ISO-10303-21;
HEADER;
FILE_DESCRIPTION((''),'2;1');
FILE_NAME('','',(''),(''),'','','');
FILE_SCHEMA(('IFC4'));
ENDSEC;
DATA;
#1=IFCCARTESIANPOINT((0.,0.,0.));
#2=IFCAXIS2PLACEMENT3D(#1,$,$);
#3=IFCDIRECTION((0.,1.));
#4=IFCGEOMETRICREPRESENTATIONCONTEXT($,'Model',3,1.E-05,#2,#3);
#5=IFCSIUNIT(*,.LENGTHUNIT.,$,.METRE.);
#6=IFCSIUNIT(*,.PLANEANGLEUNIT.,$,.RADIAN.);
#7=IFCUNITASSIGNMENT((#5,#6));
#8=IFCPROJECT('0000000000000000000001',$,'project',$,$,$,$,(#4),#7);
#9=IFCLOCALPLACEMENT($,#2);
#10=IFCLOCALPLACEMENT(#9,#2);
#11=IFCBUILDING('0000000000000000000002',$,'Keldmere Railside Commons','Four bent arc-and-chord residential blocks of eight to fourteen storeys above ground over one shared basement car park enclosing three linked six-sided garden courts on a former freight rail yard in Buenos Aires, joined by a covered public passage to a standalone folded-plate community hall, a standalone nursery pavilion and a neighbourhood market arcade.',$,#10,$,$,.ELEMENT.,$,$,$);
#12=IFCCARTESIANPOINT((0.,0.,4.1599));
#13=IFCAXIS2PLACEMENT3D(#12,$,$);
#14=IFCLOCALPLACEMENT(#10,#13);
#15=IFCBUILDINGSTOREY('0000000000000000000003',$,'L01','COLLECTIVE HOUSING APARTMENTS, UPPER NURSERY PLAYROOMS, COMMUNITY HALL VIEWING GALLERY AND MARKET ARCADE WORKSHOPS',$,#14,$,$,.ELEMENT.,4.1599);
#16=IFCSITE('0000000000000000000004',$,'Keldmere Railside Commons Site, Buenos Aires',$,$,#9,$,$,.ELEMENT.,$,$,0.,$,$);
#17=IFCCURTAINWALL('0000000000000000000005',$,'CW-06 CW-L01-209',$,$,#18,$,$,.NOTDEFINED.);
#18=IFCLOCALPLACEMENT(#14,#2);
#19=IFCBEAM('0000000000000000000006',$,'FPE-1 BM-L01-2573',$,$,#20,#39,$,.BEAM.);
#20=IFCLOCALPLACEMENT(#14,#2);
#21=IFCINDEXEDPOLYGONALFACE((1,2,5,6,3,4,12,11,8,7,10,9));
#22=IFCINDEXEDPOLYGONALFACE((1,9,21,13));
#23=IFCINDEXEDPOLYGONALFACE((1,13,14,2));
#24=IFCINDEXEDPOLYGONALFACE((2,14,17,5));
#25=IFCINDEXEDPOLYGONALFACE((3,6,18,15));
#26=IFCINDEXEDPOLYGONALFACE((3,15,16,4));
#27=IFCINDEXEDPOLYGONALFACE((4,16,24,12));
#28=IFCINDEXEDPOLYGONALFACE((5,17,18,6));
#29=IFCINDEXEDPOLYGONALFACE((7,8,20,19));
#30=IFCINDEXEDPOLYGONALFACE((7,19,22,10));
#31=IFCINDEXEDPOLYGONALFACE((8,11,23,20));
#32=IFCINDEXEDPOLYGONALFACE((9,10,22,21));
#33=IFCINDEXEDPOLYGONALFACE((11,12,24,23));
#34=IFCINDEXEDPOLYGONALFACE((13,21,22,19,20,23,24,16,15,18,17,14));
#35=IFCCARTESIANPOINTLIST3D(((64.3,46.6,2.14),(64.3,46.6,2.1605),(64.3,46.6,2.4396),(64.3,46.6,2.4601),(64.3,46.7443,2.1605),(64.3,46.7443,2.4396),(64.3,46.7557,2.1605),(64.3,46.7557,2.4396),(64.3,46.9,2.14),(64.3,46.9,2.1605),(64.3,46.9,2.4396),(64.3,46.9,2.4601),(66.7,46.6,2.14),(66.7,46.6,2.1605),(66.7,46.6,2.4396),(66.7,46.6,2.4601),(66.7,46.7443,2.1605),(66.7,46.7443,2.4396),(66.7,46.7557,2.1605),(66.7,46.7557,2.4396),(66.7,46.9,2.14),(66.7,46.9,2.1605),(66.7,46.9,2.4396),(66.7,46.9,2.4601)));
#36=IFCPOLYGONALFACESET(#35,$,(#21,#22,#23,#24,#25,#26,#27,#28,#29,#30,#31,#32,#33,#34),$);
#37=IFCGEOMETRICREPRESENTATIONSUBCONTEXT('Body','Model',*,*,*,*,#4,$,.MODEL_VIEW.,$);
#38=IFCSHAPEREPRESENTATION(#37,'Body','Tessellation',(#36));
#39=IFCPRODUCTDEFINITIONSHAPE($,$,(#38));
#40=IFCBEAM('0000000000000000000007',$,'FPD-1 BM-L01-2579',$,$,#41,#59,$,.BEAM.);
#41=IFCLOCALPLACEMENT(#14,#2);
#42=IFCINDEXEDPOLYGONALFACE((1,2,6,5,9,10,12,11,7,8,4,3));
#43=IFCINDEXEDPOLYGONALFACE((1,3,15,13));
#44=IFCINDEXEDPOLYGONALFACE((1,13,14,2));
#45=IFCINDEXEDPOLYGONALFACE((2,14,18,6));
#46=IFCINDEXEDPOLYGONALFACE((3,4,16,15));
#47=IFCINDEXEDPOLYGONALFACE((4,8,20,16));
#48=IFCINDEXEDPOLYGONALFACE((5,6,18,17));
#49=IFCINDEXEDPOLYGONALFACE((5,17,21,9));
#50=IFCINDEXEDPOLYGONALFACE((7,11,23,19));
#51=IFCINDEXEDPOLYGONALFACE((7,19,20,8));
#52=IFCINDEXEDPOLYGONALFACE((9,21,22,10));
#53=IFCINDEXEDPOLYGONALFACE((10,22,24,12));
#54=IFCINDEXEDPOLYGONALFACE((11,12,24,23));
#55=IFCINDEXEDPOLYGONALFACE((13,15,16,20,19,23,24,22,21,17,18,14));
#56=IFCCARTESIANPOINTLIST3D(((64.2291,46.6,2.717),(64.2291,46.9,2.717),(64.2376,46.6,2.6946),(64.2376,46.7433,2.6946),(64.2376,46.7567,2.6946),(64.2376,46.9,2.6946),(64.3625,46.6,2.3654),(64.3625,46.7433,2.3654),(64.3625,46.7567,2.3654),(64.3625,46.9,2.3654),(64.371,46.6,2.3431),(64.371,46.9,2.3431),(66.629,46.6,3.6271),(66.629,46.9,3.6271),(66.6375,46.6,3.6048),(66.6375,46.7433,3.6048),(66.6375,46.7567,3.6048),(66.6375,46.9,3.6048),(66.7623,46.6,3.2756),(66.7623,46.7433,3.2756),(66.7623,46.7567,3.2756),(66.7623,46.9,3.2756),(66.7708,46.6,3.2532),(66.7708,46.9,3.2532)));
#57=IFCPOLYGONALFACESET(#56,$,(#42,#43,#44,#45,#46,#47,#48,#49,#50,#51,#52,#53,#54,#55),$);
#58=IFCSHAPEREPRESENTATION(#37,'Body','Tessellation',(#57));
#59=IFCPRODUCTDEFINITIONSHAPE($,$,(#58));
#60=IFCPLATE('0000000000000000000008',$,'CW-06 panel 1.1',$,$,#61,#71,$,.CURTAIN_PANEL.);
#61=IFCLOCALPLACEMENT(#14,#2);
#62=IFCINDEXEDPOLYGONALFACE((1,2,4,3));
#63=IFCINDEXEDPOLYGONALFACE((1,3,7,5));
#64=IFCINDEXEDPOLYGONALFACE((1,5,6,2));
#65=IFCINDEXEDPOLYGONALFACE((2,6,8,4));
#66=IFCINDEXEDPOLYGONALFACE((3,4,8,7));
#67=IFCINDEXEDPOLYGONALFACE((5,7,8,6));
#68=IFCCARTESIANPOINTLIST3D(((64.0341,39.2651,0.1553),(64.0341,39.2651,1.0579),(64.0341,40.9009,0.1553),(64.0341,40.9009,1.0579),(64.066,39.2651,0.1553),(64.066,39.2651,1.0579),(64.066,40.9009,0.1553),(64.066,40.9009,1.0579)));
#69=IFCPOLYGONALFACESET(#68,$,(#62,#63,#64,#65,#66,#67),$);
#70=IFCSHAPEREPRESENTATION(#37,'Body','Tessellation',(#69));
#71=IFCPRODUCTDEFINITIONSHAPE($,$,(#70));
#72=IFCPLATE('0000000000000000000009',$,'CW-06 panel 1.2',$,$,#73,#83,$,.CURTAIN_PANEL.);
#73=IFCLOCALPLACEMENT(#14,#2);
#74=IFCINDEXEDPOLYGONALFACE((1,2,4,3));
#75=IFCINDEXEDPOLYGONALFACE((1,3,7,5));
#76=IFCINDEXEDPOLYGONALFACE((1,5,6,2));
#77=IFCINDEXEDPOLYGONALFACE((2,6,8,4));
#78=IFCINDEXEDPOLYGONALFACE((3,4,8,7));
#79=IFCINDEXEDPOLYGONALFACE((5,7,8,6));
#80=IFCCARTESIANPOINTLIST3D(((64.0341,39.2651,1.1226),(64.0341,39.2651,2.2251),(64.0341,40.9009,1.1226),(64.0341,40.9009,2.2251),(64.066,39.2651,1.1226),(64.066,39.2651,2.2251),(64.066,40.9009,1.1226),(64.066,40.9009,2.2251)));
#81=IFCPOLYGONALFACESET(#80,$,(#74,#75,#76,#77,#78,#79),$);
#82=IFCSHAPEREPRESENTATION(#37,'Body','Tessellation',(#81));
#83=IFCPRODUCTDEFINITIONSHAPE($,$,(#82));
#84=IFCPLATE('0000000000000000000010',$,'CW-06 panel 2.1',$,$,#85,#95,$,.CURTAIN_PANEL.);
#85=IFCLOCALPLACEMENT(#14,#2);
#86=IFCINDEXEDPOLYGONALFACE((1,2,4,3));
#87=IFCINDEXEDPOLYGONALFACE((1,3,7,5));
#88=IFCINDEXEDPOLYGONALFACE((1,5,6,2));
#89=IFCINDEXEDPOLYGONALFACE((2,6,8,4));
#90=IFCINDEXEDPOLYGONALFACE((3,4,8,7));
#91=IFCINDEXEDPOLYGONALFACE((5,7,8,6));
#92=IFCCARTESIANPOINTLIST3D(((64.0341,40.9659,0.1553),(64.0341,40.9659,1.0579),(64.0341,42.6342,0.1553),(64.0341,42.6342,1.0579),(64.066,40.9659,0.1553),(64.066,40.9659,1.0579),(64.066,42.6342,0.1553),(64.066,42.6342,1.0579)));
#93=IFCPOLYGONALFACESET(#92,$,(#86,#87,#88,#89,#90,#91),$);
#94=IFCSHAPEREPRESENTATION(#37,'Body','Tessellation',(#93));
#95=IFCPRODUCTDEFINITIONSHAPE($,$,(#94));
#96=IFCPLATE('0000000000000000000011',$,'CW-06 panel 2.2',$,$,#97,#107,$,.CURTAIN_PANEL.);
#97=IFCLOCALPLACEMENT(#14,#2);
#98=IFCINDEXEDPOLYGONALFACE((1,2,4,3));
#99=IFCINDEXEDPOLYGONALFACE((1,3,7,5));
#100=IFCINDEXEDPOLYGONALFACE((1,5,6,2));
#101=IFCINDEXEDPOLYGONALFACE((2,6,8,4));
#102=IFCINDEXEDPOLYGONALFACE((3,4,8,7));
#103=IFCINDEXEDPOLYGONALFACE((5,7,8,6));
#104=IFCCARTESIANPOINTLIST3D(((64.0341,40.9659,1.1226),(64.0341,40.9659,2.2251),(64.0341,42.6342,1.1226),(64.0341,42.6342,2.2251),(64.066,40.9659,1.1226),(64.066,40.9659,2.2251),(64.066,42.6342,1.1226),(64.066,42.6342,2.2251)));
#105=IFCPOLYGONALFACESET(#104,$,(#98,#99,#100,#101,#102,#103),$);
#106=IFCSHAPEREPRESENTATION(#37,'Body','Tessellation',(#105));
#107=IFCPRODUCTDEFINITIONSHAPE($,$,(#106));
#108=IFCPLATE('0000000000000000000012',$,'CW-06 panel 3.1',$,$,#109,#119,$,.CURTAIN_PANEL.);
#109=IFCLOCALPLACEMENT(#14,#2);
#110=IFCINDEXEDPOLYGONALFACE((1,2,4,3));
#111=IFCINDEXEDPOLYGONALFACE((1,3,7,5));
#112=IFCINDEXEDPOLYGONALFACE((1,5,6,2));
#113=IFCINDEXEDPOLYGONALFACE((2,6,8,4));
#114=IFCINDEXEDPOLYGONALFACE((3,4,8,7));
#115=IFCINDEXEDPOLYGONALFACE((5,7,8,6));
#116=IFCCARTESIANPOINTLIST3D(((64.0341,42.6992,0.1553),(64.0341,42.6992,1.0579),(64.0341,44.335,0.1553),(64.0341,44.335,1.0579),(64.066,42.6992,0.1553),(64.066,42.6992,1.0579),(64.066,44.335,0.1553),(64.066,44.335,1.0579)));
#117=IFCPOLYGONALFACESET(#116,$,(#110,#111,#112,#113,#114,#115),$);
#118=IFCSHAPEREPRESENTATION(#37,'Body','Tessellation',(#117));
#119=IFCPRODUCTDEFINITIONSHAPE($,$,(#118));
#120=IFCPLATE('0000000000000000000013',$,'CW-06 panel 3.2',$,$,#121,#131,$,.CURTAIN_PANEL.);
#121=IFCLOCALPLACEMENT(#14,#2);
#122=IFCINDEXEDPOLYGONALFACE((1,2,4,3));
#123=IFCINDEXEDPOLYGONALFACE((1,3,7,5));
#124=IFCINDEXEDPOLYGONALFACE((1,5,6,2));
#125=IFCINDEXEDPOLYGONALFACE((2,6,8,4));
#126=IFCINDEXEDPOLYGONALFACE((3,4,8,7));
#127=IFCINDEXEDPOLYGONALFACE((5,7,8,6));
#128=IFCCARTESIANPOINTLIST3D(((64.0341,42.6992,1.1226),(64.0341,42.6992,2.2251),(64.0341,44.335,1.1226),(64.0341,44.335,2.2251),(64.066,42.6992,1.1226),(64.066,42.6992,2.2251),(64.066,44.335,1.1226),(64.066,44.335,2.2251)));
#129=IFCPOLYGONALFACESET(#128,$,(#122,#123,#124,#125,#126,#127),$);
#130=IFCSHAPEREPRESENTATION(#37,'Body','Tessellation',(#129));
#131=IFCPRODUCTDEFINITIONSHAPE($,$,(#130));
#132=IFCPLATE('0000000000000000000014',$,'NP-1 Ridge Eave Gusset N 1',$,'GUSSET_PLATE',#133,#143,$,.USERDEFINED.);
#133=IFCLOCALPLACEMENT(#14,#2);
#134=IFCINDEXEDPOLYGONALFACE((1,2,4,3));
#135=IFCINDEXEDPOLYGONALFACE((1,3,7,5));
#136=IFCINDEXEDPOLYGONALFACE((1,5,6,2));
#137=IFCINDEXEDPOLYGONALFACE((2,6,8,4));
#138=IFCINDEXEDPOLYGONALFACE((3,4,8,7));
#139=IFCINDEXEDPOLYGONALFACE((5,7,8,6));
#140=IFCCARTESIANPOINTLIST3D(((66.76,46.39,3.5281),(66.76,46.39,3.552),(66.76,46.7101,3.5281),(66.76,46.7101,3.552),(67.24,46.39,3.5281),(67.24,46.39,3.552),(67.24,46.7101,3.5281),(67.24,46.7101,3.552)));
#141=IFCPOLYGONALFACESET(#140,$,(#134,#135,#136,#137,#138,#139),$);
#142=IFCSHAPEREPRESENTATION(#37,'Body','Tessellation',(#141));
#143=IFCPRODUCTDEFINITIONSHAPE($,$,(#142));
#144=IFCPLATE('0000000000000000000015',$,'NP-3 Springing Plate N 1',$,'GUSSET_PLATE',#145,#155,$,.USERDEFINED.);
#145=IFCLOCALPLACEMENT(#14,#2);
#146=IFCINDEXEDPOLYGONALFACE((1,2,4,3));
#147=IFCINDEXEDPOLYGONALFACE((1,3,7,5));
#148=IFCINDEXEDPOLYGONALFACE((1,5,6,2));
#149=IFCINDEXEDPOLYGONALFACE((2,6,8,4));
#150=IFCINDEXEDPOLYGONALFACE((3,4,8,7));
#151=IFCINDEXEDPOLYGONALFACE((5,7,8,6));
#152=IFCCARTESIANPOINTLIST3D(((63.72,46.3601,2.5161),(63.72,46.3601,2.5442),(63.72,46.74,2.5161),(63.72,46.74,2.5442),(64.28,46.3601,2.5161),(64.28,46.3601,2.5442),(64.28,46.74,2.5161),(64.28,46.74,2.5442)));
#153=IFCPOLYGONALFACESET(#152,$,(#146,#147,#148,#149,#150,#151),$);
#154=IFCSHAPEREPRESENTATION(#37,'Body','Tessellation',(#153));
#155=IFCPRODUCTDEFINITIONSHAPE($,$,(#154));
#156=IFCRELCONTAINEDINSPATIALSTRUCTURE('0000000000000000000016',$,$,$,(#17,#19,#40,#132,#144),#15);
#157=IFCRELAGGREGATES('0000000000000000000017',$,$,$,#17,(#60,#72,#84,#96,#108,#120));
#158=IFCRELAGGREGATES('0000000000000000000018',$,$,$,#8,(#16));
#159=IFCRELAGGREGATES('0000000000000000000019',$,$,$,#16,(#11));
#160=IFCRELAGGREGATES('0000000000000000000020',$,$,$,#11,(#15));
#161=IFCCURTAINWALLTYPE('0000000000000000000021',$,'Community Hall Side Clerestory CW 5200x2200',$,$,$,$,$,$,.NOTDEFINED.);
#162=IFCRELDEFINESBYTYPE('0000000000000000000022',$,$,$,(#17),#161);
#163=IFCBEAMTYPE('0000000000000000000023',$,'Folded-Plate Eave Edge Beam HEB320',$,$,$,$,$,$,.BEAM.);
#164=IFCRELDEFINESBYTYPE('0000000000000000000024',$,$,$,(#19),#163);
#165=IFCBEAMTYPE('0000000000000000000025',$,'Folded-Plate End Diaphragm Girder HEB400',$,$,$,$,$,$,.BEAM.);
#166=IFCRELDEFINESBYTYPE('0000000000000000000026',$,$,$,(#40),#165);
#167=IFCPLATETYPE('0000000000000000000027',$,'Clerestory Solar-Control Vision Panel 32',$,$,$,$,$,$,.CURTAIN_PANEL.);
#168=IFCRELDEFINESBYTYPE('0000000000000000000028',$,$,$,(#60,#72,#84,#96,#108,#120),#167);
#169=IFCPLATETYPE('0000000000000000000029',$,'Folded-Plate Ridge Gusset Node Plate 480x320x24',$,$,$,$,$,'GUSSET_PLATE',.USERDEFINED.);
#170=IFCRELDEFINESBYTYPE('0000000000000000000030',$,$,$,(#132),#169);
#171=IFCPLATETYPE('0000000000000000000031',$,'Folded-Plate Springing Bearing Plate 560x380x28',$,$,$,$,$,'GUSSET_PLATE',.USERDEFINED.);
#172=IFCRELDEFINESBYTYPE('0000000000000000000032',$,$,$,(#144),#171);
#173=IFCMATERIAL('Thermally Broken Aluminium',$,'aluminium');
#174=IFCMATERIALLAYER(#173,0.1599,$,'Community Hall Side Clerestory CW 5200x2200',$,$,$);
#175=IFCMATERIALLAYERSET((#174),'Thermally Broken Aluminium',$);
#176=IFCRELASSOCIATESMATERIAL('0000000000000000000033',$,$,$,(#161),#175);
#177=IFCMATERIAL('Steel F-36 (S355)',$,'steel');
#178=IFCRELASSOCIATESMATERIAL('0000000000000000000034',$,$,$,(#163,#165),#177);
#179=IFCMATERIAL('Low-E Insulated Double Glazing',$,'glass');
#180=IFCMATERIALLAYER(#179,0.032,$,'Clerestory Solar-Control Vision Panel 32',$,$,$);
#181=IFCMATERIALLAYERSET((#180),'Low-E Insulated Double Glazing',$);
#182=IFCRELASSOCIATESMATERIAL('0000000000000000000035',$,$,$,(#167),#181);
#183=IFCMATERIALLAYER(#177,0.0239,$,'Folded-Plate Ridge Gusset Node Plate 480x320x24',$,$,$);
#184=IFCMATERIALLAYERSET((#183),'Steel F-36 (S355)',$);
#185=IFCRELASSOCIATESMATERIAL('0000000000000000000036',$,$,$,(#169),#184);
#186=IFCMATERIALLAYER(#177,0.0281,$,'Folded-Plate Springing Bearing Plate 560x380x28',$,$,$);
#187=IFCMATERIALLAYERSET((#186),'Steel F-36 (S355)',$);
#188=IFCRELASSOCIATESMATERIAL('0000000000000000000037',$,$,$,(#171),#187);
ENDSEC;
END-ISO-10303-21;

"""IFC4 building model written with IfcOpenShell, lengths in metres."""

from ifc_helpers import new_model, si_unit, direction, frame, origin, origin_2d, place, context, subcontext, project, spatial, rectangle, i_section, extrude, material, layer, layer_set, material_profile, profile_set, type_object, element, aggregate, save


model = new_model("IFC4")

# Units and contexts
model_context = context("Model", 3, precision=1e-05, world=origin(), true_north=direction((0.0, 1.0)))
body_context = subcontext(model_context, "Body", "Model", "MODEL_VIEW")
ifc_project = project(units=[si_unit("LENGTHUNIT", "METRE"), si_unit("PLANEANGLEUNIT", "RADIAN")], contexts=[model_context])

# Site, building, storey
site_placement = place(None, origin())
site = spatial("IfcSite", under=ifc_project, at=site_placement, Name="Keldmere Railside Commons Site, Buenos Aires", CompositionType="ELEMENT", RefElevation=0.0)
building_placement = place(site_placement, origin())
building = spatial("IfcBuilding", under=site, at=building_placement, Name="Keldmere Railside Commons", Description="Four bent arc-and-chord residential blocks of eight to fourteen storeys above ground over one shared basement car park enclosing three linked six-sided garden courts on a former freight rail yard in Buenos Aires, joined by a covered public passage to a standalone folded-plate community hall, a standalone nursery pavilion and a neighbourhood market arcade.", CompositionType="ELEMENT")
storey_placement = place(building_placement, frame((0.0, 0.0, 4.1599)))
storey = spatial("IfcBuildingStorey", under=building, at=storey_placement, Name="L01", Description="COLLECTIVE HOUSING APARTMENTS, UPPER NURSERY PLAYROOMS, COMMUNITY HALL VIEWING GALLERY AND MARKET ARCADE WORKSHOPS", CompositionType="ELEMENT", Elevation=4.1599)

# Curtain wall
ifc_material_1 = material(Name="Thermally Broken Aluminium", Category="aluminium")
ifc_layer_1 = layer(ifc_material_1, 0.1599, Name="Community Hall Side Clerestory CW 5200x2200")
ifc_layer_set_1 = layer_set([ifc_layer_1], Name="Thermally Broken Aluminium")
curtain_wall_type = type_object("IfcCurtainWallType", Name="Community Hall Side Clerestory CW 5200x2200", PredefinedType="NOTDEFINED", material=ifc_layer_set_1)
curtain_wall_placement = place(storey_placement, origin())
curtain_wall = element("IfcCurtainWall", 1, at=curtain_wall_placement, inside=storey, type_object=curtain_wall_type, Name="CW-06 CW-L01-209", PredefinedType="NOTDEFINED")

# Beams
ifc_material_2 = material(Name="Steel F-36 (S355)", Category="steel")
ifc_material_profile_1 = material_profile(ifc_material_2, i_section(OverallWidth=0.3, OverallDepth=0.3201, WebThickness=0.0115, FlangeThickness=0.0205, at=origin_2d()), Name="HEB-320")
ifc_profile_set_1 = profile_set([ifc_material_profile_1], Name="Steel F-36 (S355)")
beam_type_1 = type_object("IfcBeamType", Name="Folded-Plate Eave Edge Beam HEB320", PredefinedType="BEAM", material=ifc_profile_set_1)
beam_1_placement = place(storey_placement, frame((64.3, 46.75, 2.3), z_axis=(1.0, 0.0, 0.0), x_axis=(0.0, 1.0, 0.0)))
element("IfcBeam", 2, at=beam_1_placement, inside=storey, type_object=beam_type_1, Name="FPE-1 BM-L01-2573", PredefinedType="BEAM", context=body_context, shape_type="SweptSolid", body=[
    extrude(i_section(OverallWidth=0.3, OverallDepth=0.3201, WebThickness=0.0115, FlangeThickness=0.0205, at=origin_2d()), origin(), (0.0, 0.0, 1.0), 2.3999),
])
ifc_material_profile_2 = material_profile(ifc_material_2, i_section(OverallWidth=0.3, OverallDepth=0.3999, WebThickness=0.0134, FlangeThickness=0.0239, at=origin_2d()), Name="HEB-400")
ifc_profile_set_2 = profile_set([ifc_material_profile_2], Name="Steel F-36 (S355)")
beam_type_2 = type_object("IfcBeamType", Name="Folded-Plate End Diaphragm Girder HEB400", PredefinedType="BEAM", material=ifc_profile_set_2)
beam_2_placement = place(storey_placement, frame((64.3, 46.75, 2.53), z_axis=(0.935017, 0.0, 0.354603), x_axis=(0.0, 1.0, 0.0)))
element("IfcBeam", 3, at=beam_2_placement, inside=storey, type_object=beam_type_2, Name="FPD-1 BM-L01-2579", PredefinedType="BEAM", context=body_context, shape_type="SweptSolid", body=[
    extrude(i_section(OverallWidth=0.3, OverallDepth=0.3999, WebThickness=0.0134, FlangeThickness=0.0239, at=origin_2d()), origin(), (0.0, 0.0, 1.0), 2.5667),
])

# Plates
ifc_material_3 = material(Name="Low-E Insulated Double Glazing", Category="glass")
ifc_layer_2 = layer(ifc_material_3, 0.032, Name="Clerestory Solar-Control Vision Panel 32")
ifc_layer_set_2 = layer_set([ifc_layer_2], Name="Low-E Insulated Double Glazing")
plate_type_1 = type_object("IfcPlateType", Name="Clerestory Solar-Control Vision Panel 32", PredefinedType="CURTAIN_PANEL", material=ifc_layer_set_2)
plate_1_placement = place(storey_placement, frame((64.05, 40.083, 0.1553), z_axis=(0.0, 0.0, 1.0), x_axis=(0.0, 1.0, 0.0)))
plate_1 = element("IfcPlate", 4, at=plate_1_placement, type_object=plate_type_1, Name="CW-06 panel 1.1", PredefinedType="CURTAIN_PANEL", context=body_context, shape_type="SweptSolid", body=[
    extrude(rectangle(XDim=1.6357, YDim=0.032, at=origin_2d()), origin(), (0.0, 0.0, 1.0), 0.9026),
])
plate_2_placement = place(storey_placement, frame((64.05, 40.083, 1.1226), z_axis=(0.0, 0.0, 1.0), x_axis=(0.0, 1.0, 0.0)))
plate_2 = element("IfcPlate", 5, at=plate_2_placement, type_object=plate_type_1, Name="CW-06 panel 1.2", PredefinedType="CURTAIN_PANEL", context=body_context, shape_type="SweptSolid", body=[
    extrude(rectangle(XDim=1.6357, YDim=0.032, at=origin_2d()), origin(), (0.0, 0.0, 1.0), 1.1025),
])
plate_3_placement = place(storey_placement, frame((64.05, 41.8, 0.1553), z_axis=(0.0, 0.0, 1.0), x_axis=(0.0, 1.0, 0.0)))
plate_3 = element("IfcPlate", 6, at=plate_3_placement, type_object=plate_type_1, Name="CW-06 panel 2.1", PredefinedType="CURTAIN_PANEL", context=body_context, shape_type="SweptSolid", body=[
    extrude(rectangle(XDim=1.6682, YDim=0.032, at=origin_2d()), origin(), (0.0, 0.0, 1.0), 0.9026),
])
plate_4_placement = place(storey_placement, frame((64.05, 41.8, 1.1226), z_axis=(0.0, 0.0, 1.0), x_axis=(0.0, 1.0, 0.0)))
plate_4 = element("IfcPlate", 7, at=plate_4_placement, type_object=plate_type_1, Name="CW-06 panel 2.2", PredefinedType="CURTAIN_PANEL", context=body_context, shape_type="SweptSolid", body=[
    extrude(rectangle(XDim=1.6682, YDim=0.032, at=origin_2d()), origin(), (0.0, 0.0, 1.0), 1.1025),
])
plate_5_placement = place(storey_placement, frame((64.05, 43.5171, 0.1553), z_axis=(0.0, 0.0, 1.0), x_axis=(0.0, 1.0, 0.0)))
plate_5 = element("IfcPlate", 8, at=plate_5_placement, type_object=plate_type_1, Name="CW-06 panel 3.1", PredefinedType="CURTAIN_PANEL", context=body_context, shape_type="SweptSolid", body=[
    extrude(rectangle(XDim=1.6357, YDim=0.032, at=origin_2d()), origin(), (0.0, 0.0, 1.0), 0.9026),
])
plate_6_placement = place(storey_placement, frame((64.05, 43.5171, 1.1226), z_axis=(0.0, 0.0, 1.0), x_axis=(0.0, 1.0, 0.0)))
plate_6 = element("IfcPlate", 9, at=plate_6_placement, type_object=plate_type_1, Name="CW-06 panel 3.2", PredefinedType="CURTAIN_PANEL", context=body_context, shape_type="SweptSolid", body=[
    extrude(rectangle(XDim=1.6357, YDim=0.032, at=origin_2d()), origin(), (0.0, 0.0, 1.0), 1.1025),
])
aggregate(curtain_wall, [plate_1, plate_2, plate_3, plate_4, plate_5, plate_6])

# Plates
ifc_layer_3 = layer(ifc_material_2, 0.0239, Name="Folded-Plate Ridge Gusset Node Plate 480x320x24")
ifc_layer_set_3 = layer_set([ifc_layer_3], Name="Steel F-36 (S355)")
plate_type_2 = type_object("IfcPlateType", Name="Folded-Plate Ridge Gusset Node Plate 480x320x24", ElementType="GUSSET_PLATE", PredefinedType="USERDEFINED", material=ifc_layer_set_3)
plate_7_placement = place(storey_placement, frame((67.0, 46.55, 3.5281), z_axis=(0.0, 0.0, 1.0), x_axis=(1.0, 0.0, 0.0)))
element("IfcPlate", 10, at=plate_7_placement, inside=storey, type_object=plate_type_2, Name="NP-1 Ridge Eave Gusset N 1", ObjectType="GUSSET_PLATE", PredefinedType="USERDEFINED", context=body_context, shape_type="SweptSolid", body=[
    extrude(rectangle(XDim=0.48, YDim=0.3201, at=origin_2d()), origin(), (0.0, 0.0, 1.0), 0.0239),
])
ifc_layer_4 = layer(ifc_material_2, 0.0281, Name="Folded-Plate Springing Bearing Plate 560x380x28")
ifc_layer_set_4 = layer_set([ifc_layer_4], Name="Steel F-36 (S355)")
plate_type_3 = type_object("IfcPlateType", Name="Folded-Plate Springing Bearing Plate 560x380x28", ElementType="GUSSET_PLATE", PredefinedType="USERDEFINED", material=ifc_layer_set_4)
plate_8_placement = place(storey_placement, frame((64.0, 46.55, 2.5161), z_axis=(0.0, 0.0, 1.0), x_axis=(1.0, 0.0, 0.0)))
element("IfcPlate", 11, at=plate_8_placement, inside=storey, type_object=plate_type_3, Name="NP-3 Springing Plate N 1", ObjectType="GUSSET_PLATE", PredefinedType="USERDEFINED", context=body_context, shape_type="SweptSolid", body=[
    extrude(rectangle(XDim=0.5601, YDim=0.3799, at=origin_2d()), origin(), (0.0, 0.0, 1.0), 0.0281),
])

save(model, "model.ifc")
